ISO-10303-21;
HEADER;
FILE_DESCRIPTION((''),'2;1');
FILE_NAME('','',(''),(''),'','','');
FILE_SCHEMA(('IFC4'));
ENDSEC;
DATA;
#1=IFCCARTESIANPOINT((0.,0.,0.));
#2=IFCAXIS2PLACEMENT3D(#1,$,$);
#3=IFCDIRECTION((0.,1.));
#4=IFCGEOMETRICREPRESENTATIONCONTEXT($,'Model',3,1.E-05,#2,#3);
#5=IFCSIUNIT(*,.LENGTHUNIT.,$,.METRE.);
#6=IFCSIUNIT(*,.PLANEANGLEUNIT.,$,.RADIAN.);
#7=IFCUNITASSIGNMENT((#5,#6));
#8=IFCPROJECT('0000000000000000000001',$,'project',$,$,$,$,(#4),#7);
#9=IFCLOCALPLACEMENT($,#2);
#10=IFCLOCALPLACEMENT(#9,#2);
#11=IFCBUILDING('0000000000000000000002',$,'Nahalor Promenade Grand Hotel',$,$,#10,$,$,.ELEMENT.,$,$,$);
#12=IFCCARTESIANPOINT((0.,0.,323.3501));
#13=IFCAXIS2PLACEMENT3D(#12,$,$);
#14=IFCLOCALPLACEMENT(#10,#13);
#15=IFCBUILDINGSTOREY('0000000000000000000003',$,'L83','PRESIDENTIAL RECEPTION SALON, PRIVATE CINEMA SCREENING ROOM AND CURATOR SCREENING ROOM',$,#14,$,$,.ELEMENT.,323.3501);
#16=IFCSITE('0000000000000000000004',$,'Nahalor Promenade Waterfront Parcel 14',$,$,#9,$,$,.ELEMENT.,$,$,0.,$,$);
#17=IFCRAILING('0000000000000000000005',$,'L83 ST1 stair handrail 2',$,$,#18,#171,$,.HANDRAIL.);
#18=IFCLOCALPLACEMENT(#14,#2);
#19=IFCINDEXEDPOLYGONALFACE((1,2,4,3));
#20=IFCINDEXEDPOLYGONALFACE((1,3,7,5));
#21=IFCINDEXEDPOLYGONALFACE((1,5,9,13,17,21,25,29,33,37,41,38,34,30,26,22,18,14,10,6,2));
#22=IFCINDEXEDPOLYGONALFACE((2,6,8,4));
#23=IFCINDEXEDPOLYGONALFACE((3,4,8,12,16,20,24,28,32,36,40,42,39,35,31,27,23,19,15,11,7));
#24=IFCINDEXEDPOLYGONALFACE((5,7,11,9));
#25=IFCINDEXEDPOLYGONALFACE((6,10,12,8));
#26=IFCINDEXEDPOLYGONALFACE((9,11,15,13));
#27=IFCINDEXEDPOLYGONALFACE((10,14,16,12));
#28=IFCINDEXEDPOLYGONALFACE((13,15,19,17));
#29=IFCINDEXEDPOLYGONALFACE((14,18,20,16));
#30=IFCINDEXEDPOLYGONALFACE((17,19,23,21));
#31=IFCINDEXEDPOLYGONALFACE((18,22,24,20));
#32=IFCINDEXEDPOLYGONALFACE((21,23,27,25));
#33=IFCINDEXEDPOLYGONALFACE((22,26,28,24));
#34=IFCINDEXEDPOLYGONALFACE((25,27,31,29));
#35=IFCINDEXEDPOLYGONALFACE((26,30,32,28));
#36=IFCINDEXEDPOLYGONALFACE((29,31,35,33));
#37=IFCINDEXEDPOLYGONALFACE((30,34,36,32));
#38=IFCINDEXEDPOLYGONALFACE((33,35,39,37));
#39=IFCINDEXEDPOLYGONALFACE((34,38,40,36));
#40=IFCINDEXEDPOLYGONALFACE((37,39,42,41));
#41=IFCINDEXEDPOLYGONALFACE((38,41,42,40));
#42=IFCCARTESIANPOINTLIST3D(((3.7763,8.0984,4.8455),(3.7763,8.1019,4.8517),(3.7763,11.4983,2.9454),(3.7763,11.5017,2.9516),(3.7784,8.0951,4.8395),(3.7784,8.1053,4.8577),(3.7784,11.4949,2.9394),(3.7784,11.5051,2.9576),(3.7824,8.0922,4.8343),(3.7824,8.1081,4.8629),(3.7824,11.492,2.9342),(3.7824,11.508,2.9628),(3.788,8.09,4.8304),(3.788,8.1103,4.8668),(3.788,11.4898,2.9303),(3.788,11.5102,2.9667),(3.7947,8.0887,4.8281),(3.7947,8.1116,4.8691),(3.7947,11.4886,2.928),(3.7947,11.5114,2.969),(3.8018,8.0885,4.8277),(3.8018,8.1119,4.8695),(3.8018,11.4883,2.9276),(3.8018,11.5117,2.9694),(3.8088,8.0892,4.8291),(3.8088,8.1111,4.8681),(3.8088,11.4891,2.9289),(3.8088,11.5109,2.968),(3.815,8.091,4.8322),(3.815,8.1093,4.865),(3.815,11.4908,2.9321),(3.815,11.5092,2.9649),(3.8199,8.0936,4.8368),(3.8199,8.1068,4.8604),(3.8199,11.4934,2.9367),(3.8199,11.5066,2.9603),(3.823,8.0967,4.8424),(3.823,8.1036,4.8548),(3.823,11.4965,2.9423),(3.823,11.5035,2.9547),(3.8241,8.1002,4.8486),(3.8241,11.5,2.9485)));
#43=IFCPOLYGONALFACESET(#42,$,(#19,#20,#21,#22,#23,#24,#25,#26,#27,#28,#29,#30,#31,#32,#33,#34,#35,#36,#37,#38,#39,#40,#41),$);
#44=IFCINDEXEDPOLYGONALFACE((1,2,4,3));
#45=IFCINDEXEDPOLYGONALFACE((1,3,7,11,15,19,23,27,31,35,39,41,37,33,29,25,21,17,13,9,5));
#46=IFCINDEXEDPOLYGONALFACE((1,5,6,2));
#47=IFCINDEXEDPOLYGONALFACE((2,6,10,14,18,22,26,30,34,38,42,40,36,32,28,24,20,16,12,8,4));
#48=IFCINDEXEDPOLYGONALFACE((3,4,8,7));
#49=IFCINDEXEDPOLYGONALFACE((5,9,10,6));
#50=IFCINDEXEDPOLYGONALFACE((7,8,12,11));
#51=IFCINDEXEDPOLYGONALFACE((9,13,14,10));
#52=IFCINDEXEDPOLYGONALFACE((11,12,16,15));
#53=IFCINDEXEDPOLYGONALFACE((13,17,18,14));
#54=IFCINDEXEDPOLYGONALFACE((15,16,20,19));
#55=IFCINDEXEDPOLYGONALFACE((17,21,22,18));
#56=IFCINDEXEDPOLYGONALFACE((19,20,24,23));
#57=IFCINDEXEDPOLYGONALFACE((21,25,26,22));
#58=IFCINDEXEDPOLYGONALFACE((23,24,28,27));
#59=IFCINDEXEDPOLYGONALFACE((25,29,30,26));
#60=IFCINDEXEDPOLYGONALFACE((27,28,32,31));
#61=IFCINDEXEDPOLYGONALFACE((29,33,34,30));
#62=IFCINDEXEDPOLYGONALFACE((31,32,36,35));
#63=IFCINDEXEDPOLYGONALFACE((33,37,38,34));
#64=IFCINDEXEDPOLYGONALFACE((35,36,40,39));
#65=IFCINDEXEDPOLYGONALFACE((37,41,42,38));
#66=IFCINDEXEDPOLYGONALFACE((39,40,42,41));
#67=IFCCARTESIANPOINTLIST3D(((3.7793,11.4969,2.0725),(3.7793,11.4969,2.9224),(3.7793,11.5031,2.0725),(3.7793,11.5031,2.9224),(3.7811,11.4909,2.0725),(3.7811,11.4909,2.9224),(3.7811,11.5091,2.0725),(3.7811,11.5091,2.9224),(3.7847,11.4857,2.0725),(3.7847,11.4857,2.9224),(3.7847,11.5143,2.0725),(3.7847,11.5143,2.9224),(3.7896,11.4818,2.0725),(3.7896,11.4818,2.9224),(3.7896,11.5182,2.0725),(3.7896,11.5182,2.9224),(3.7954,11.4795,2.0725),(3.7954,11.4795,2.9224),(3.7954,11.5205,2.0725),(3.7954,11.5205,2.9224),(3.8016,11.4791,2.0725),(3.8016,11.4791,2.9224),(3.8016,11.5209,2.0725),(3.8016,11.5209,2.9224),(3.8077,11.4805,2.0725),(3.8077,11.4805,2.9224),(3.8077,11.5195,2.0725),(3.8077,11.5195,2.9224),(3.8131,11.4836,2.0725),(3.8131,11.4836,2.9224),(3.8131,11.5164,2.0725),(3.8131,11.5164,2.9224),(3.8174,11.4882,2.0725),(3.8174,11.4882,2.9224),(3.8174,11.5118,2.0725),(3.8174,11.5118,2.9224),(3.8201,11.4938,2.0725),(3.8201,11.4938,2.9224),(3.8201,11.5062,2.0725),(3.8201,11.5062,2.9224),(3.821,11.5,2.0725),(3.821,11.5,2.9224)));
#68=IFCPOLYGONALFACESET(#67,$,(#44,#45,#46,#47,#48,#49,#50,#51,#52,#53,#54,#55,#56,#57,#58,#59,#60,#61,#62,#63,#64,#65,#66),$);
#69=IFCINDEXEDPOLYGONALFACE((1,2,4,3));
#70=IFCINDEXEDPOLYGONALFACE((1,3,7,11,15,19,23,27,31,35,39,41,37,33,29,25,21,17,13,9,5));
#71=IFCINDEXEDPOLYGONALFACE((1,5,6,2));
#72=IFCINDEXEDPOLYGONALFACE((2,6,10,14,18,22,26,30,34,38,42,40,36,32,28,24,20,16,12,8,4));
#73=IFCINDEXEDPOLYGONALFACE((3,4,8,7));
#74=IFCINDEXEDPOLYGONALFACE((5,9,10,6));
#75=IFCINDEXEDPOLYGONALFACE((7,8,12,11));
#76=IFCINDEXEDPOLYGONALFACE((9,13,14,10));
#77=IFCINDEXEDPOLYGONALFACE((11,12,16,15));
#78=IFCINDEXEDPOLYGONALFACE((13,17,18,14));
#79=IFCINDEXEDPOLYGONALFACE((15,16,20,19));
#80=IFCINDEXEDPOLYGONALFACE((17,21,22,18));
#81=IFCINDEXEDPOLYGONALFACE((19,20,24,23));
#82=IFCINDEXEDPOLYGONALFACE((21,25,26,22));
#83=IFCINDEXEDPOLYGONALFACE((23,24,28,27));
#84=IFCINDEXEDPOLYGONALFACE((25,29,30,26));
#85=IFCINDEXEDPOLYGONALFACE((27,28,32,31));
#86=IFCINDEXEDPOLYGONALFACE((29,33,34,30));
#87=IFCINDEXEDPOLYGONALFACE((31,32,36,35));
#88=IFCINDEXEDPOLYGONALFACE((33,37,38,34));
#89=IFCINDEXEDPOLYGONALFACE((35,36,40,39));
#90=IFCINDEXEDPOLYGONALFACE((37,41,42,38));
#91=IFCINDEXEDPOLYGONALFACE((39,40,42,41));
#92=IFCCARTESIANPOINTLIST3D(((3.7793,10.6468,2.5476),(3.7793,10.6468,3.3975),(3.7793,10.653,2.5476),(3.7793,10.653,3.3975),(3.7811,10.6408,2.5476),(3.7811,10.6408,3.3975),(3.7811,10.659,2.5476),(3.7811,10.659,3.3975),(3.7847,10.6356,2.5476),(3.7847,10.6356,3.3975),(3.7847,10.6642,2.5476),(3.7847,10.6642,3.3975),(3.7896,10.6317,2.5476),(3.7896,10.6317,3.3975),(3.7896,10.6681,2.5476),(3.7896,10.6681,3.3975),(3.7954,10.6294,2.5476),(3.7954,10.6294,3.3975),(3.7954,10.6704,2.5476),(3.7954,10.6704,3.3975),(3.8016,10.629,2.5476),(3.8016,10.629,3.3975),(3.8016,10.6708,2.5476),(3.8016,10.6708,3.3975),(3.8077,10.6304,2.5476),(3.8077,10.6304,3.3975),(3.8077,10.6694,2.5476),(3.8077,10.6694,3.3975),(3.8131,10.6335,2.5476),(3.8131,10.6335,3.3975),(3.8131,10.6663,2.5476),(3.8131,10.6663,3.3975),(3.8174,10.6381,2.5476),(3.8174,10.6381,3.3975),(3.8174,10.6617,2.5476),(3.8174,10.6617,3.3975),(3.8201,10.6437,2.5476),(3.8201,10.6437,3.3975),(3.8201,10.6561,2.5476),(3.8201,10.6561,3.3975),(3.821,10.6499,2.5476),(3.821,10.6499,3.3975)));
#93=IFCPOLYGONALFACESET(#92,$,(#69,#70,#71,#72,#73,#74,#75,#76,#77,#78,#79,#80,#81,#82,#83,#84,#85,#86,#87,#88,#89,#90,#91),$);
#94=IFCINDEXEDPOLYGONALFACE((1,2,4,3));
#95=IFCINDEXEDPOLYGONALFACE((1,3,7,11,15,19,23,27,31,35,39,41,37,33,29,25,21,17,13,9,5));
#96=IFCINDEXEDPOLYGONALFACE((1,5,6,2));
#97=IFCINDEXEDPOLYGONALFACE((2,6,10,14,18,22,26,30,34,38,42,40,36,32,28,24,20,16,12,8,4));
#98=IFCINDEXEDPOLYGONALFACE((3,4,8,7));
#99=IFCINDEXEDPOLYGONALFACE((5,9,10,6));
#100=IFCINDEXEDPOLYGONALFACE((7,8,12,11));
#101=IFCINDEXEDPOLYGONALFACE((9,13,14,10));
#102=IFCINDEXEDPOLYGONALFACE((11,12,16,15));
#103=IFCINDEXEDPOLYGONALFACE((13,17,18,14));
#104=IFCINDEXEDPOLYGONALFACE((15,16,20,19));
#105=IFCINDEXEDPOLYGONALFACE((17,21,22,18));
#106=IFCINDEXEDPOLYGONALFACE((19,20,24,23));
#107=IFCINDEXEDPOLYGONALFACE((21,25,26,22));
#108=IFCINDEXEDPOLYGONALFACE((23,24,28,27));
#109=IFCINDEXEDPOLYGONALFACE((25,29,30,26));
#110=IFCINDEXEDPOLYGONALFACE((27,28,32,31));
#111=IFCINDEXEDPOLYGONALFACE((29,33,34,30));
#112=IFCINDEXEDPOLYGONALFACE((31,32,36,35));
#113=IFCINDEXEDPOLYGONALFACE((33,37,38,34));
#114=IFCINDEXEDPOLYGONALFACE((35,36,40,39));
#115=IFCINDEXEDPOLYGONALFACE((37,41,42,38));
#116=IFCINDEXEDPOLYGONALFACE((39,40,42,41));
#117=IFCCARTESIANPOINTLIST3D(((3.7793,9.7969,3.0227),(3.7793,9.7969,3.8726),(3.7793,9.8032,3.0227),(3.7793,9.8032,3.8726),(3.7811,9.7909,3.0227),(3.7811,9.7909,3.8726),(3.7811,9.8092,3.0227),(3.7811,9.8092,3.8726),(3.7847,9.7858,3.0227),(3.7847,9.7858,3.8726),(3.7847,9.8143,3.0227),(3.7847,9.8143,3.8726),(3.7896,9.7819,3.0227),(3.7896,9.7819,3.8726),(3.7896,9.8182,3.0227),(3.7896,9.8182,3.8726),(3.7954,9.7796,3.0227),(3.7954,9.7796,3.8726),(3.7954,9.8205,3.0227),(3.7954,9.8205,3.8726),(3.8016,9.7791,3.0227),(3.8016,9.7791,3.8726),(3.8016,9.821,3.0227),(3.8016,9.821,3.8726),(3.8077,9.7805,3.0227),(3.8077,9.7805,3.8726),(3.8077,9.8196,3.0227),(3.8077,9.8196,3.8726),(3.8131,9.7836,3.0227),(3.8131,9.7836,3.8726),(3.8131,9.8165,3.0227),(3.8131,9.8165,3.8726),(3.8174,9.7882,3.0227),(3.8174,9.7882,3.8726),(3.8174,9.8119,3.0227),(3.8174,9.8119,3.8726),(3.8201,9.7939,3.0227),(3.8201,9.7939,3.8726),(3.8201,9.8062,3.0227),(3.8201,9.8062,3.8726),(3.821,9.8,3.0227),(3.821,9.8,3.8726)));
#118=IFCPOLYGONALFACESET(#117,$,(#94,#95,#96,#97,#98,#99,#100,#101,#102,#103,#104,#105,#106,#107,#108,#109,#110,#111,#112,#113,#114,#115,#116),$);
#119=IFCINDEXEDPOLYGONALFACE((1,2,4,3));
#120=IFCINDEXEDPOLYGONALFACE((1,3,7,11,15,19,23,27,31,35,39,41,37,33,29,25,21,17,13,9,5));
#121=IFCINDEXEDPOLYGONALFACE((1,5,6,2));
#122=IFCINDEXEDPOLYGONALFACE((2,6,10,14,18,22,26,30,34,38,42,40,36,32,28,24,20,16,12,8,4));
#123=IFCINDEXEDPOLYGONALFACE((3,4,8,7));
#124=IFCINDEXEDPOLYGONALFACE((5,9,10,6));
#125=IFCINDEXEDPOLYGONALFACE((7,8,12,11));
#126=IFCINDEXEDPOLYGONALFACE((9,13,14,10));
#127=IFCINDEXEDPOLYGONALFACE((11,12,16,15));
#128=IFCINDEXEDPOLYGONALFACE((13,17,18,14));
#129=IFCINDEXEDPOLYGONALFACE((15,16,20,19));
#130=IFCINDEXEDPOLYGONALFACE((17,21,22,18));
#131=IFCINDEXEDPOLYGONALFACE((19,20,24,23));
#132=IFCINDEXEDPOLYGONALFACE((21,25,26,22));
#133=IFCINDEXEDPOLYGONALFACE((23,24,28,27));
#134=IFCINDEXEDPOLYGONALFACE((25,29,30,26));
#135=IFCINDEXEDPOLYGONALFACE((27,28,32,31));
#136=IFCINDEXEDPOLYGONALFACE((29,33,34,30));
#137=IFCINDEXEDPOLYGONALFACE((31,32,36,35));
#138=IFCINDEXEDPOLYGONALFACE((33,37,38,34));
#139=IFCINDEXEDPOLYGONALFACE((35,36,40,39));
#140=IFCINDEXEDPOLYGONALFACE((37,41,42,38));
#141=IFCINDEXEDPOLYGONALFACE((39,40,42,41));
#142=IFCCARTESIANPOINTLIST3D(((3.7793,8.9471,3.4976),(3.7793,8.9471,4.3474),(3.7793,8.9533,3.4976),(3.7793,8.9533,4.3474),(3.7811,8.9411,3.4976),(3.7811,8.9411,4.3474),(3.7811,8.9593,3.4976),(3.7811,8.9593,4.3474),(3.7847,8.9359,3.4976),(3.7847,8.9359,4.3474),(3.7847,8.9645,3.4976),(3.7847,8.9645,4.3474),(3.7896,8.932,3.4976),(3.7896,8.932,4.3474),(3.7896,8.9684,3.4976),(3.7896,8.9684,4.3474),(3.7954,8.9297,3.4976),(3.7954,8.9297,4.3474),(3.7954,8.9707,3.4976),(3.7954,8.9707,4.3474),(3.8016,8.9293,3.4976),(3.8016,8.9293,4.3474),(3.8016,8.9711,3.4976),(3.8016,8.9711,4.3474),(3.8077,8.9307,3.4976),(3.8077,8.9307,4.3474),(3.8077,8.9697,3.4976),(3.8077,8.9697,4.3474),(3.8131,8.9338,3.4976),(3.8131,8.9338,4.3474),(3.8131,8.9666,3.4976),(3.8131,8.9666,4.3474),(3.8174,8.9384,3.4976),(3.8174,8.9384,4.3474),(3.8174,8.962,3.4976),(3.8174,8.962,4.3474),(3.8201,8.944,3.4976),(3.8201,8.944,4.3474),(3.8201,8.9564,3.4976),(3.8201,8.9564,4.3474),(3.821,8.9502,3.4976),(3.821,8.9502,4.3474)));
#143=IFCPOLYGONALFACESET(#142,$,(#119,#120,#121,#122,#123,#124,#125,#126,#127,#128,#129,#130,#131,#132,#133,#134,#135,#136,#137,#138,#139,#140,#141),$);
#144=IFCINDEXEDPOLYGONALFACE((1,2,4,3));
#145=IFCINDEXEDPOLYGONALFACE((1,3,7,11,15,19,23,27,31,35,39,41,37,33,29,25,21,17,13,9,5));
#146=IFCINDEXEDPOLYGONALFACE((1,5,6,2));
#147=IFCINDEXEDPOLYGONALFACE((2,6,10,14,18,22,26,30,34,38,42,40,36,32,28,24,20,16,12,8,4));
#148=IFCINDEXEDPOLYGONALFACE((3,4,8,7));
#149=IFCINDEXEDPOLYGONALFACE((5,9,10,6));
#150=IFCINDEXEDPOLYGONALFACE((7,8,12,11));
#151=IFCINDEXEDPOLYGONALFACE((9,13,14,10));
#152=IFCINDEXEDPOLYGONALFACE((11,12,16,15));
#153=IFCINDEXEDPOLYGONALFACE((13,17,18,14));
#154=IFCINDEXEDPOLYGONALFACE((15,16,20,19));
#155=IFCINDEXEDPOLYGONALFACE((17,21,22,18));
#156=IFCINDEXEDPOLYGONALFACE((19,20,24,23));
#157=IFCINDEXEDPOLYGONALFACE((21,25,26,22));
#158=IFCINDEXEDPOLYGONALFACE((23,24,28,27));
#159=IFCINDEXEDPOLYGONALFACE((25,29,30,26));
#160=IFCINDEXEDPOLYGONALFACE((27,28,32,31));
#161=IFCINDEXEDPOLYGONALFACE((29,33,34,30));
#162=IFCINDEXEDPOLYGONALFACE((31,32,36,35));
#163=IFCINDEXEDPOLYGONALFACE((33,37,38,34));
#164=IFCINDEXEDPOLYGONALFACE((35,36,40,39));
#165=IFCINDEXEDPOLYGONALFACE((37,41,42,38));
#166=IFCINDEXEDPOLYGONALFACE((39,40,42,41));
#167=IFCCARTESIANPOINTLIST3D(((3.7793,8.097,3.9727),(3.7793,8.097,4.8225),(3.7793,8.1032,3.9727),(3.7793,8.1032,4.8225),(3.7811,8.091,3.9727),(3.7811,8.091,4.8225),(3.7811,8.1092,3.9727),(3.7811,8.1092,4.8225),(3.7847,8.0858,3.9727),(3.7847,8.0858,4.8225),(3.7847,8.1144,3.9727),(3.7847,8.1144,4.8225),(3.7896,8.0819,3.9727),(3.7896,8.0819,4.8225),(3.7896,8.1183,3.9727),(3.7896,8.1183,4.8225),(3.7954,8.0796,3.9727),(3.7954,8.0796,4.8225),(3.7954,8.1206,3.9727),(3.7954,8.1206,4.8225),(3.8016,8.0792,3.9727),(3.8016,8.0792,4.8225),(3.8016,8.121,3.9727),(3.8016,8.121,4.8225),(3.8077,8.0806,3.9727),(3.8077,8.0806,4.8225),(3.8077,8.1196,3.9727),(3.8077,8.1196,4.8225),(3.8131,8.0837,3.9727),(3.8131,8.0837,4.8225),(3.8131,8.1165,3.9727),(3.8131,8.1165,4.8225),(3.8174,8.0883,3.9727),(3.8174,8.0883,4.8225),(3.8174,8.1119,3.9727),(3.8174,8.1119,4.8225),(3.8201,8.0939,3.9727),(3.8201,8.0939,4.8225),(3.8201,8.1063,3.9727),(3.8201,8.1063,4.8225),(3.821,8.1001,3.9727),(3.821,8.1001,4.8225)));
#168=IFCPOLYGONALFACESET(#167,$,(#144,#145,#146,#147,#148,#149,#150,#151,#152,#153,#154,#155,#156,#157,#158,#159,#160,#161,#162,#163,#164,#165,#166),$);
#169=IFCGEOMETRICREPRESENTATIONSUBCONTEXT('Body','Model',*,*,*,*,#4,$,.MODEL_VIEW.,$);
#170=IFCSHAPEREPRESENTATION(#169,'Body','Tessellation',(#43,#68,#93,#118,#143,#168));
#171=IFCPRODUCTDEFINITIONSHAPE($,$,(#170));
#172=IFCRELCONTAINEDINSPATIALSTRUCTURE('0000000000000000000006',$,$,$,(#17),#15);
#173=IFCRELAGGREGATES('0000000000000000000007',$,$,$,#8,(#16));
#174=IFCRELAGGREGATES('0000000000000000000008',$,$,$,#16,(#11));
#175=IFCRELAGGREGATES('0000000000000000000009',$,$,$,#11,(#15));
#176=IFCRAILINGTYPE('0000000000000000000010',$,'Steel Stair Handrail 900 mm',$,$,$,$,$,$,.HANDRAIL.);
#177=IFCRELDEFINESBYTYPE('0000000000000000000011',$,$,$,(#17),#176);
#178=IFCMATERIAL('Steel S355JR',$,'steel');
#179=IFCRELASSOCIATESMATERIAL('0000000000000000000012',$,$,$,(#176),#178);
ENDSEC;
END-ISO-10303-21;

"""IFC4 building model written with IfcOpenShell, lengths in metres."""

from ifc_helpers import new_model, si_unit, direction, frame, origin, origin_2d, place, context, subcontext, project, spatial, circle, extrude, material, type_object, element, save


model = new_model("IFC4")

# Units and contexts
model_context = context("Model", 3, precision=1e-05, world=origin(), true_north=direction((0.0, 1.0)))
body_context = subcontext(model_context, "Body", "Model", "MODEL_VIEW")
ifc_project = project(units=[si_unit("LENGTHUNIT", "METRE"), si_unit("PLANEANGLEUNIT", "RADIAN")], contexts=[model_context])

# Site, building, storey
site_placement = place(None, origin())
site = spatial("IfcSite", under=ifc_project, at=site_placement, Name="Nahalor Promenade Waterfront Parcel 14", CompositionType="ELEMENT", RefElevation=0.0)
building_placement = place(site_placement, origin())
building = spatial("IfcBuilding", under=site, at=building_placement, Name="Nahalor Promenade Grand Hotel", CompositionType="ELEMENT")
storey_placement = place(building_placement, frame((0.0, 0.0, 323.3501)))
storey = spatial("IfcBuildingStorey", under=building, at=storey_placement, Name="L83", Description="PRESIDENTIAL RECEPTION SALON, PRIVATE CINEMA SCREENING ROOM AND CURATOR SCREENING ROOM", CompositionType="ELEMENT", Elevation=323.3501)

# Shared definitions
ifc_material_1 = material(Name="Steel S355JR", Category="steel")

# Railing
railing_type_1 = type_object("IfcRailingType", Name="Steel Stair Handrail 900 mm", PredefinedType="HANDRAIL", material=ifc_material_1)
railing_1_placement = place(storey_placement, frame((3.8, 11.5, 2.0725)))
element("IfcRailing", 1, at=railing_1_placement, inside=storey, type_object=railing_type_1, Name="L83 ST1 stair handrail 2", PredefinedType="HANDRAIL", context=body_context, shape_type="SweptSolid", body=[
    extrude(circle(Radius=0.024, at=origin_2d()), frame((0.0, 0.0, 0.876), z_axis=(0.0, -0.872921, 0.487861), x_axis=(1.0, 0.0, 0.0)), (0.0, 0.0, 1.0), 3.8948),
    extrude(circle(Radius=0.021, at=origin_2d()), origin(), (0.0, 0.0, 1.0), 0.8499),
    extrude(circle(Radius=0.021, at=origin_2d()), frame((0.0, -0.8501, 0.4751)), (0.0, 0.0, 1.0), 0.8499),
    extrude(circle(Radius=0.021, at=origin_2d()), frame((0.0, -1.7, 0.9502)), (0.0, 0.0, 1.0), 0.8499),
    extrude(circle(Radius=0.021, at=origin_2d()), frame((0.0, -2.5498, 1.425)), (0.0, 0.0, 1.0), 0.8499),
    extrude(circle(Radius=0.021, at=origin_2d()), frame((0.0, -3.3999, 1.9001)), (0.0, 0.0, 1.0), 0.8499),
])

save(model, "model.ifc")
